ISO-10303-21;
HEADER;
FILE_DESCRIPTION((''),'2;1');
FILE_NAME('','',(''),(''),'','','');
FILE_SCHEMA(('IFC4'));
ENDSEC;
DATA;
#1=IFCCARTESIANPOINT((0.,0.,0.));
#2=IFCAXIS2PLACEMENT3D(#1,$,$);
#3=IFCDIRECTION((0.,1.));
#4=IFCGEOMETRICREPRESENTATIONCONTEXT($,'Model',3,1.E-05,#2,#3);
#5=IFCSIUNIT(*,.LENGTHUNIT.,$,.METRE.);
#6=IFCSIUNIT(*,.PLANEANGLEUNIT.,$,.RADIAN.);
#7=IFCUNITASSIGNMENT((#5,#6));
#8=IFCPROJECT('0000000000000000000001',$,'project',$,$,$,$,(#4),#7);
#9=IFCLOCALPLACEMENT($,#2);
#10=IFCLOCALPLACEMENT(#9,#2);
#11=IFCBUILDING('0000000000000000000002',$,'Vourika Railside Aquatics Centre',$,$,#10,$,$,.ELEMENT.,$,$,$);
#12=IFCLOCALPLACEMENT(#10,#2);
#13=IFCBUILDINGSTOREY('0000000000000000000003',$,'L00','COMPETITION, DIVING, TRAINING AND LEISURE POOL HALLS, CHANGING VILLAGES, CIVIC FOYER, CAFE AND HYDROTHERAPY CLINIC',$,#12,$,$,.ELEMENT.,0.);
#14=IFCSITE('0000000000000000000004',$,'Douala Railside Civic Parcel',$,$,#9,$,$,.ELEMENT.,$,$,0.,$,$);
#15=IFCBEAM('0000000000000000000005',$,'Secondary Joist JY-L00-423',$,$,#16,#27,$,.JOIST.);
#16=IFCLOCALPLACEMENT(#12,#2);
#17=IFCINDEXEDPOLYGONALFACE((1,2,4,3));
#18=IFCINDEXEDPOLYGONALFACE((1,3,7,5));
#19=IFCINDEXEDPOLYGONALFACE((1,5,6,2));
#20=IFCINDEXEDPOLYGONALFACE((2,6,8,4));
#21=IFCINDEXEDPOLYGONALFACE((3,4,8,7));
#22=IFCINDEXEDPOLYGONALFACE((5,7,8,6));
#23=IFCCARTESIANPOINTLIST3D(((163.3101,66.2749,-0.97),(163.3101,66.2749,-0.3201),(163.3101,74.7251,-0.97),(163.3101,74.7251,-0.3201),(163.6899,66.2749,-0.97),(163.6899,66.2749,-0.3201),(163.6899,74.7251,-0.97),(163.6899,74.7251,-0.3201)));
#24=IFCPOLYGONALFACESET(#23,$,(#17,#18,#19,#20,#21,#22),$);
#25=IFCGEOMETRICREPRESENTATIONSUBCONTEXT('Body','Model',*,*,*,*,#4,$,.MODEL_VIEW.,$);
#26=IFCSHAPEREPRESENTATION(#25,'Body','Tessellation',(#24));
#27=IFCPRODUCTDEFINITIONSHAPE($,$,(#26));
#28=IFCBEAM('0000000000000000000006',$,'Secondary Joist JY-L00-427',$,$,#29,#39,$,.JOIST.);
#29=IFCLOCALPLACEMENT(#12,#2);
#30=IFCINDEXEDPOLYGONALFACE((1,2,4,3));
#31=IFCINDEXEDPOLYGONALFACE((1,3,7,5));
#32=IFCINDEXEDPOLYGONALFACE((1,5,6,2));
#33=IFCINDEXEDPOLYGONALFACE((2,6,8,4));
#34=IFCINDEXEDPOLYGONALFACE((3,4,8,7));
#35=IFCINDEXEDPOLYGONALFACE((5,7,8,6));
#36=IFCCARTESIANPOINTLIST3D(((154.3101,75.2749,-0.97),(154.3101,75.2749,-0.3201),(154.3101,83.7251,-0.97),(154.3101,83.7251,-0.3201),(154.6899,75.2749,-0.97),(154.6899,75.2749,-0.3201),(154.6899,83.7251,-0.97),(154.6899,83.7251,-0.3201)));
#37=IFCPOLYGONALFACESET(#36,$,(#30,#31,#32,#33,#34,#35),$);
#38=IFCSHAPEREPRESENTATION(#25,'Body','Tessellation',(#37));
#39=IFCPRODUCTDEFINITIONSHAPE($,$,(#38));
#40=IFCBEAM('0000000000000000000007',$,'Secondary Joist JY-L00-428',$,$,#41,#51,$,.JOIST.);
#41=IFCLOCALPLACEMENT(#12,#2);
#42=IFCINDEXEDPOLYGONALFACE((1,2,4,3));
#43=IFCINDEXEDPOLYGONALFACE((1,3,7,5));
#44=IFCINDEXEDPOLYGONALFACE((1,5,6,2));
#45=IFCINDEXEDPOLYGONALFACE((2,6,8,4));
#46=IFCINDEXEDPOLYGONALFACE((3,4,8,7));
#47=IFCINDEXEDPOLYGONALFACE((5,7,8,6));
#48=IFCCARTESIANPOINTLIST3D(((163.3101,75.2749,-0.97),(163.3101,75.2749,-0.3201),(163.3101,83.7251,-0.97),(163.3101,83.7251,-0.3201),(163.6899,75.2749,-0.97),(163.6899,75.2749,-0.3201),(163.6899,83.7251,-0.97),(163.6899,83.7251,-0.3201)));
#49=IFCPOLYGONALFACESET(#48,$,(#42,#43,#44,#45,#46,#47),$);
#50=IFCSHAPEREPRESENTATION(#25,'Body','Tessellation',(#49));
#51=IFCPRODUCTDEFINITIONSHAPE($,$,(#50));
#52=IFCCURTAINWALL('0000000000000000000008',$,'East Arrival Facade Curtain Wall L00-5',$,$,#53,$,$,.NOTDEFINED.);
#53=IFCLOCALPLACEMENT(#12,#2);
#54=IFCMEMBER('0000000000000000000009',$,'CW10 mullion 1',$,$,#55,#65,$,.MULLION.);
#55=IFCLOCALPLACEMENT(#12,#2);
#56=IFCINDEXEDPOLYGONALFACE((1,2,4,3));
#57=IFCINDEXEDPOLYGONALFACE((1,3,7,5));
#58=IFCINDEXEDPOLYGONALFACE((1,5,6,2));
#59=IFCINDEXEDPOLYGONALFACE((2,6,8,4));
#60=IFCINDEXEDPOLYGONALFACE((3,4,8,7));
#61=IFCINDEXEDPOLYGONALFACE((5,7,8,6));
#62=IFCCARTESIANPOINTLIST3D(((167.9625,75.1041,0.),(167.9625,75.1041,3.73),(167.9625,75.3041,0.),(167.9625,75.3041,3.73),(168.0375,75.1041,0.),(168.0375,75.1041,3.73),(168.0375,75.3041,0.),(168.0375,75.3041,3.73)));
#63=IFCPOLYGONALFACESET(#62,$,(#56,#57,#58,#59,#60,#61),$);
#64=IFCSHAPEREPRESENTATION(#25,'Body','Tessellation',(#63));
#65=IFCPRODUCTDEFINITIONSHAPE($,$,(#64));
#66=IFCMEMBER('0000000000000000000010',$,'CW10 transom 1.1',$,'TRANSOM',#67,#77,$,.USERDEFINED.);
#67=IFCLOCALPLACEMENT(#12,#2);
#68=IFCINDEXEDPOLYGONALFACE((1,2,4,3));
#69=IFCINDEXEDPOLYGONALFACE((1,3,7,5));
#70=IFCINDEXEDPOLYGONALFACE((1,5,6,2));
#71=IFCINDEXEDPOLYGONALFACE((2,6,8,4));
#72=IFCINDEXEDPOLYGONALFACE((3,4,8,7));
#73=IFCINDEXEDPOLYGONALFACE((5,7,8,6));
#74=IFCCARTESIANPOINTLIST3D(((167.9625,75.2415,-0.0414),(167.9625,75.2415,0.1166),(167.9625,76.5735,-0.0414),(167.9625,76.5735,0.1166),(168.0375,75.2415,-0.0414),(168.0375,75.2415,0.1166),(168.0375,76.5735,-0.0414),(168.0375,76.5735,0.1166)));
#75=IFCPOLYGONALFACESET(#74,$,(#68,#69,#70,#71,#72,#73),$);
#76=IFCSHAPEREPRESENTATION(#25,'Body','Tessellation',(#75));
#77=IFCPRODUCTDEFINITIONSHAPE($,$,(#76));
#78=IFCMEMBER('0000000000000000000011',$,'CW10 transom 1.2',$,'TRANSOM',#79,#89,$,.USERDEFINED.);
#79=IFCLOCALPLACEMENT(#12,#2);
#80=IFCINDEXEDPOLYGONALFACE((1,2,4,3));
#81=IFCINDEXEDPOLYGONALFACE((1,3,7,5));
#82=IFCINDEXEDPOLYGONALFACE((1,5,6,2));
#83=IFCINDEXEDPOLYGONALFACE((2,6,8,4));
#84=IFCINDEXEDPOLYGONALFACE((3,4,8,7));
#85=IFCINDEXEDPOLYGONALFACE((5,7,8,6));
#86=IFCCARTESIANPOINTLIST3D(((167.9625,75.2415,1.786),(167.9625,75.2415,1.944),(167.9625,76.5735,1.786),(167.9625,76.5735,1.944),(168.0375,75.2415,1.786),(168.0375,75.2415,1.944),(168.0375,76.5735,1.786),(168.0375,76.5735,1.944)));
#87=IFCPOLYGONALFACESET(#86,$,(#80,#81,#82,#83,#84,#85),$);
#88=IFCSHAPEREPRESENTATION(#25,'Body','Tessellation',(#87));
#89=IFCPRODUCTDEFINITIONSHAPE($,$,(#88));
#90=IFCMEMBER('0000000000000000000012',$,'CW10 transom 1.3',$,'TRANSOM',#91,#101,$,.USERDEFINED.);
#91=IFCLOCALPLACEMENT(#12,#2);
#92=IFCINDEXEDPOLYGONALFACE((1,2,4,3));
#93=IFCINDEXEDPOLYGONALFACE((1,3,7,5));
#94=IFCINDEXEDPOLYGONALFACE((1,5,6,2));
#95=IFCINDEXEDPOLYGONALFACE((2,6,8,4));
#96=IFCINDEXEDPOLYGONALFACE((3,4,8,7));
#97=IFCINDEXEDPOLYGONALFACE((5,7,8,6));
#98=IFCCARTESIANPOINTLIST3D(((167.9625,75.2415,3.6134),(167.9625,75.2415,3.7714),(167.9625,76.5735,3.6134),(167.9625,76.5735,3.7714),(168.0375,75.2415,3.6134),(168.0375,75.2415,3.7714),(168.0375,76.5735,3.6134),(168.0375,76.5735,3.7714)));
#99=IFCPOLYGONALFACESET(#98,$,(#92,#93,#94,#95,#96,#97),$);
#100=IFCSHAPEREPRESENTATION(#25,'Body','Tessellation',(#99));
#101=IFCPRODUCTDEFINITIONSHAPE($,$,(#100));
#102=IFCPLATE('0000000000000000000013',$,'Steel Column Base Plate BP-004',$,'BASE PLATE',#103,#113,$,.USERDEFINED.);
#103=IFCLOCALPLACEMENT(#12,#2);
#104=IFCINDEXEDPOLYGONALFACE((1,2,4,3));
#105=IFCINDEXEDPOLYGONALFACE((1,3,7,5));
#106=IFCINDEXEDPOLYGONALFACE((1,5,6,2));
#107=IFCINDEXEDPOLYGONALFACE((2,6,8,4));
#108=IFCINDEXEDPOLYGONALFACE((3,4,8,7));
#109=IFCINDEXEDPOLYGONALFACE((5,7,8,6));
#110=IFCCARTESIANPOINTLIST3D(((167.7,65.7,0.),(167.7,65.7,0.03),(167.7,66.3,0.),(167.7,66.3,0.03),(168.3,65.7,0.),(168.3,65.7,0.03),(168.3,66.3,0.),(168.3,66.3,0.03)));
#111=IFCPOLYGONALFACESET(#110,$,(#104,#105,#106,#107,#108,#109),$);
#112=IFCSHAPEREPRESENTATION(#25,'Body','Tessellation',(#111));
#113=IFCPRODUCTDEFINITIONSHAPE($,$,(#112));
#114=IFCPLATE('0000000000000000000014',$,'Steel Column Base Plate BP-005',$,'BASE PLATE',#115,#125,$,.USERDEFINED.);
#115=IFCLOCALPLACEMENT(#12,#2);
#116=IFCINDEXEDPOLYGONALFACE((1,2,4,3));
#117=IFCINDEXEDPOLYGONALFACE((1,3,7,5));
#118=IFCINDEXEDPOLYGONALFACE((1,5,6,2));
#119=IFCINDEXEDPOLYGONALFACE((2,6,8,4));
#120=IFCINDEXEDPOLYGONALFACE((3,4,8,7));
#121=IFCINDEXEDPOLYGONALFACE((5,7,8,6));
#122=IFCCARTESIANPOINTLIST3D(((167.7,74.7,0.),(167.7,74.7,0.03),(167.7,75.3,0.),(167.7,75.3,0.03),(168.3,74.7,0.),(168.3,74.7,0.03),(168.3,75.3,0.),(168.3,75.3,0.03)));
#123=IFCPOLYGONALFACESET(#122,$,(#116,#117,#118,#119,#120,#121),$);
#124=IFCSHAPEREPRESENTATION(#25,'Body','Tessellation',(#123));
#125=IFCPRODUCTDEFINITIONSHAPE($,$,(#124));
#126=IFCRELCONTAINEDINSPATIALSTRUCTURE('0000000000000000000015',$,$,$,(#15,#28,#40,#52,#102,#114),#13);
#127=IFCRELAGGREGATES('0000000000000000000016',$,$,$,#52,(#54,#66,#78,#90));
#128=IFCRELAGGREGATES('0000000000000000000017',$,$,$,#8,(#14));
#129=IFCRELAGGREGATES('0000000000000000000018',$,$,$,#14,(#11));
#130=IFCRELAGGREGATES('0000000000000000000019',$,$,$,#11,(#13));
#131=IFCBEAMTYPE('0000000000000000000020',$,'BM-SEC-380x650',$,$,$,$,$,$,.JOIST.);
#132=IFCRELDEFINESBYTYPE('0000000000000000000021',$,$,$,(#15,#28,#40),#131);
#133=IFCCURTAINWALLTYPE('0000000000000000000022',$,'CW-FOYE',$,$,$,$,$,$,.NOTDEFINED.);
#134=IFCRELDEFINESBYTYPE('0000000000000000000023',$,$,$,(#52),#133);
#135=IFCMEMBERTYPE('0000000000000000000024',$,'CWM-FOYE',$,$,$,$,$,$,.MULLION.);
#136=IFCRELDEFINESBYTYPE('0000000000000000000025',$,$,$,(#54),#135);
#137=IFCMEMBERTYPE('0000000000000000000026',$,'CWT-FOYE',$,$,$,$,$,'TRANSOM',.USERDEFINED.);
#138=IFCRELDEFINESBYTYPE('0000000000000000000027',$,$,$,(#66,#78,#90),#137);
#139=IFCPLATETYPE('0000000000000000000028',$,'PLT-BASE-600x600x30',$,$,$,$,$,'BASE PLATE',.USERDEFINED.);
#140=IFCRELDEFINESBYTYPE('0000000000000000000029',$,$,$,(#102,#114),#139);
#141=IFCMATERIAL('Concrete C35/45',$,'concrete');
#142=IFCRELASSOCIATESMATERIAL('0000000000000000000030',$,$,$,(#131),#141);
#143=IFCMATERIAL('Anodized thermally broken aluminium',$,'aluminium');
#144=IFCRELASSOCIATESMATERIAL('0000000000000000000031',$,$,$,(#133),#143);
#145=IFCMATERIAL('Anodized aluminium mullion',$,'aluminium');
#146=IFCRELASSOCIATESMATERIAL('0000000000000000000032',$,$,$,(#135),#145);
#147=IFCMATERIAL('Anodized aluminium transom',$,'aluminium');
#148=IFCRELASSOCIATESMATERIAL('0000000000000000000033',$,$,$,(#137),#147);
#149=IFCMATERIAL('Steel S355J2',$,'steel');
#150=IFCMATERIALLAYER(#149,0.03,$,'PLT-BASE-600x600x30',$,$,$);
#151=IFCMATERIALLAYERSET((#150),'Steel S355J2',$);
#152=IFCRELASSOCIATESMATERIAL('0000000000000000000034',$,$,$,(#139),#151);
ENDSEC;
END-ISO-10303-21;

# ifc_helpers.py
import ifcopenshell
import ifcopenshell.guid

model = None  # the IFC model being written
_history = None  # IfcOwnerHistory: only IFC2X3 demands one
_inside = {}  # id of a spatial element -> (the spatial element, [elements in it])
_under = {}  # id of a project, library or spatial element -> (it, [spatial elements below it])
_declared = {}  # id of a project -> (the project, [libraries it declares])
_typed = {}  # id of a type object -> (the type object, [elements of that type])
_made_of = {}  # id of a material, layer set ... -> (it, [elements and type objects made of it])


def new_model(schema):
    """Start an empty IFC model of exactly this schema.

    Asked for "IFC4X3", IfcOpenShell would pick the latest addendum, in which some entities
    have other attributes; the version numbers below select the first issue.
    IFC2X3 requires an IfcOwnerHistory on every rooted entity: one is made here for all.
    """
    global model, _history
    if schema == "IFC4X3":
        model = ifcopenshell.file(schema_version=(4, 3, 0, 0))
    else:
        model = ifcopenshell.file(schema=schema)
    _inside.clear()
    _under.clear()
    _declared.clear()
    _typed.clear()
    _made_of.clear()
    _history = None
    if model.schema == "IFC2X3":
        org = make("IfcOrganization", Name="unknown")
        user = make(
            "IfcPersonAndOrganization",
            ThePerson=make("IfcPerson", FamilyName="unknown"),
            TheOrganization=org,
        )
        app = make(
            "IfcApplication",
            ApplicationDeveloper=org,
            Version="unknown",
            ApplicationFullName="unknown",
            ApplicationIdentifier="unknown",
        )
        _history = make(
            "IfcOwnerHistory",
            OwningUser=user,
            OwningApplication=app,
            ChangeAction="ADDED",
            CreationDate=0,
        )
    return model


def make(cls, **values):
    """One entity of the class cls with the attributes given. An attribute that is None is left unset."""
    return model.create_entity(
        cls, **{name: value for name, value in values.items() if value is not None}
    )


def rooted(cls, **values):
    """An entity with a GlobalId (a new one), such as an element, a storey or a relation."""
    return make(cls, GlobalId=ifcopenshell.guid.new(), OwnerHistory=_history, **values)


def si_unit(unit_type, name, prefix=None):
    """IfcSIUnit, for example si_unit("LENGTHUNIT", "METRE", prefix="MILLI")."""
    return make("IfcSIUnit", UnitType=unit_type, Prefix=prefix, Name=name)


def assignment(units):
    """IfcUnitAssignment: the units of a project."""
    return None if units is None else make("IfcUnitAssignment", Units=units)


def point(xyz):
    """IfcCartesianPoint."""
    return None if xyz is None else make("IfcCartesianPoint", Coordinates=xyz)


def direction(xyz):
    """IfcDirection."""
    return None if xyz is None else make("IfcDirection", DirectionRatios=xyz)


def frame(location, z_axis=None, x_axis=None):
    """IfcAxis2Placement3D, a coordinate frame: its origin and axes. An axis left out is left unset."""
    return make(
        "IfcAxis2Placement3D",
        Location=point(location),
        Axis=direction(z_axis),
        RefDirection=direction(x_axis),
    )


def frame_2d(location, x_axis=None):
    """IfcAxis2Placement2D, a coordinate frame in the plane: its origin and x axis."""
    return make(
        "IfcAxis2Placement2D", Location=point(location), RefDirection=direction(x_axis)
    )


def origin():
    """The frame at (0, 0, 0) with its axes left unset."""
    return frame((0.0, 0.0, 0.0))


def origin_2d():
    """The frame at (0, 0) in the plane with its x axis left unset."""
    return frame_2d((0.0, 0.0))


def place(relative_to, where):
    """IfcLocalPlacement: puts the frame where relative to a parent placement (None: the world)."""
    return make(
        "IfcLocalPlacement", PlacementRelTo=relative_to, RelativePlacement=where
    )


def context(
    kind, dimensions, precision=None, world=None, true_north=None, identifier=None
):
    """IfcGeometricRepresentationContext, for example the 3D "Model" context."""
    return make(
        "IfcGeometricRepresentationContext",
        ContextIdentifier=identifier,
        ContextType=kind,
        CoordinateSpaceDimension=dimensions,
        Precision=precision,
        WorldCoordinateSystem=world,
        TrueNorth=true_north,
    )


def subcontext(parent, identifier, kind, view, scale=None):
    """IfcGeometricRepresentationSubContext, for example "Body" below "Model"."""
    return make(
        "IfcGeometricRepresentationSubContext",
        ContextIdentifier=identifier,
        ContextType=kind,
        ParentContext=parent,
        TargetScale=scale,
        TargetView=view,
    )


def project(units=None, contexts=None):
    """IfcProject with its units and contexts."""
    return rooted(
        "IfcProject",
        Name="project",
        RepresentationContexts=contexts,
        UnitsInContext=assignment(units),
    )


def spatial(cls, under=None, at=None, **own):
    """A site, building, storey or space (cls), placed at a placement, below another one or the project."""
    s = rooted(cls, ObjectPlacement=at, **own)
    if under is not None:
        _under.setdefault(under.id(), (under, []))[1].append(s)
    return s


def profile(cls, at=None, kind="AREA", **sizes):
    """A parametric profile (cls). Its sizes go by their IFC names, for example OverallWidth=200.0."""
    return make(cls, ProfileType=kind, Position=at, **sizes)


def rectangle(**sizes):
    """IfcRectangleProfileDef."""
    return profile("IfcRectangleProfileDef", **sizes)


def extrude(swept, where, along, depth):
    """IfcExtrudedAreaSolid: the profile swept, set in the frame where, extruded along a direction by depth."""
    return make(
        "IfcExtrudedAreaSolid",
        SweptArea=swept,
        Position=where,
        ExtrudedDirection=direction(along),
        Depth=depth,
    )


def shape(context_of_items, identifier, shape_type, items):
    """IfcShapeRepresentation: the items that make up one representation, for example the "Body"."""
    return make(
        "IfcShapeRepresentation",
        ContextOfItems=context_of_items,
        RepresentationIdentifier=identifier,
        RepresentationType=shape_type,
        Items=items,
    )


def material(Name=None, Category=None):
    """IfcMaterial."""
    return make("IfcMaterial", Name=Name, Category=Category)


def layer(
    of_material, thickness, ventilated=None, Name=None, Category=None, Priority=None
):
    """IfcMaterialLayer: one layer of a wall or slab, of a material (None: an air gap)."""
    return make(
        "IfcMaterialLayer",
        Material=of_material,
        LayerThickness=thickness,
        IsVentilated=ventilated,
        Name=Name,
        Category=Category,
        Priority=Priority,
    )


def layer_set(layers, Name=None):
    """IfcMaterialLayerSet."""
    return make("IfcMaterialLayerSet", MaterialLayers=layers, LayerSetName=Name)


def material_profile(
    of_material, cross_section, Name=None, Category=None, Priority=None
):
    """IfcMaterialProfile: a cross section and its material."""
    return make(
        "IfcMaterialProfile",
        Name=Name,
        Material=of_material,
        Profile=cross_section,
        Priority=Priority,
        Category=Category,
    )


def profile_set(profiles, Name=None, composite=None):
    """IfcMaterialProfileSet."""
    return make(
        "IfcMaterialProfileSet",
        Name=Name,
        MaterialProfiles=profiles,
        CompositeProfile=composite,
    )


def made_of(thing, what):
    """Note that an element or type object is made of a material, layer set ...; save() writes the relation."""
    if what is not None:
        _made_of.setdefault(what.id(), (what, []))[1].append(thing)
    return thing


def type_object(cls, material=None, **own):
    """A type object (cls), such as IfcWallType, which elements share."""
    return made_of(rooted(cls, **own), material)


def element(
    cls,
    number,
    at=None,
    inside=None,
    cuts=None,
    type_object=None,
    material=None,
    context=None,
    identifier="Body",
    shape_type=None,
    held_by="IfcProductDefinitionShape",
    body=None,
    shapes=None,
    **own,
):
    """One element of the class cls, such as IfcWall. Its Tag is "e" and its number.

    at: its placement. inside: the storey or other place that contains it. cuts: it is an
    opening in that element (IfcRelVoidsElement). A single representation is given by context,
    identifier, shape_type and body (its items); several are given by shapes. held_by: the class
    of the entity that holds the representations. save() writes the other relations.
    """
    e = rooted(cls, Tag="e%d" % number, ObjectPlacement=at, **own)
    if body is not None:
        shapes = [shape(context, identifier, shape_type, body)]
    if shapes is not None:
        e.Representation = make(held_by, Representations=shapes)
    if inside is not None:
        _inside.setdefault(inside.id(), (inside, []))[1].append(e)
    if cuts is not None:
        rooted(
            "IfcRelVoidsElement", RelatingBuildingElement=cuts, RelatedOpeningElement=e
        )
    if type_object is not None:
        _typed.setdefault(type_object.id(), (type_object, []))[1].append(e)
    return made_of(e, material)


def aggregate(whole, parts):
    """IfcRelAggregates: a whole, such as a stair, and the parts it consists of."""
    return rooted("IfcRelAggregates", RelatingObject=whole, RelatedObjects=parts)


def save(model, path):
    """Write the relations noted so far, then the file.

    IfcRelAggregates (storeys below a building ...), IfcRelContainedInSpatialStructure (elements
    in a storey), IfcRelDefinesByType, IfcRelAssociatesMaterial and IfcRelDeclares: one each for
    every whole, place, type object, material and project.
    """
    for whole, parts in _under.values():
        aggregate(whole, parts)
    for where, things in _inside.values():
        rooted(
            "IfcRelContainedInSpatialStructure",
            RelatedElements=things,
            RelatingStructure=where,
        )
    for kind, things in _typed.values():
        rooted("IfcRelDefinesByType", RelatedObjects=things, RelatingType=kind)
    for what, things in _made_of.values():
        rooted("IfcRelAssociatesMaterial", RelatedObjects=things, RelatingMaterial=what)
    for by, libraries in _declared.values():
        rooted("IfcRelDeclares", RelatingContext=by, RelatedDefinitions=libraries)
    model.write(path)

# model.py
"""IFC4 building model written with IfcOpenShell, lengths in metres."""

from ifc_helpers import new_model, si_unit, direction, frame, origin, origin_2d, place, context, subcontext, project, spatial, rectangle, extrude, material, layer, layer_set, material_profile, profile_set, type_object, element, aggregate, save


model = new_model("IFC4")

# Units and contexts
model_context = context("Model", 3, precision=1e-05, world=origin(), true_north=direction((0.0, 1.0)))
body_context = subcontext(model_context, "Body", "Model", "MODEL_VIEW")
ifc_project = project(units=[si_unit("LENGTHUNIT", "METRE"), si_unit("PLANEANGLEUNIT", "RADIAN")], contexts=[model_context])

# Site, building, storey
site_placement = place(None, origin())
site = spatial("IfcSite", under=ifc_project, at=site_placement, Name="Douala Railside Civic Parcel", CompositionType="ELEMENT", RefElevation=0.0)
building_placement = place(site_placement, origin())
building = spatial("IfcBuilding", under=site, at=building_placement, Name="Vourika Railside Aquatics Centre", CompositionType="ELEMENT")
storey_placement = place(building_placement, origin())
storey = spatial("IfcBuildingStorey", under=building, at=storey_placement, Name="L00", Description="COMPETITION, DIVING, TRAINING AND LEISURE POOL HALLS, CHANGING VILLAGES, CIVIC FOYER, CAFE AND HYDROTHERAPY CLINIC", CompositionType="ELEMENT", Elevation=0.0)

# Shared definitions
ifc_material_1 = material(Name="Concrete C35/45", Category="concrete")
ifc_material_2 = material(Name="Steel S355J2", Category="steel")

# Beams
ifc_material_profile_1 = material_profile(ifc_material_1, rectangle(XDim=0.3799, YDim=0.6499, at=origin_2d()), Name="RC 380x650")
ifc_profile_set_1 = profile_set([ifc_material_profile_1], Name="Concrete C35/45")
beam_type_1 = type_object("IfcBeamType", Name="BM-SEC-380x650", PredefinedType="JOIST", material=ifc_profile_set_1)
for number, where, z_axis, x_axis, name in (
    (1, (163.5, 66.2749, -0.645), (0.0, 1.0, 0.0), (-1.0, 0.0, 0.0), "Secondary Joist JY-L00-423"),
    (2, (154.5, 75.2749, -0.645), (0.0, 1.0, 0.0), (-1.0, 0.0, 0.0), "Secondary Joist JY-L00-427"),
    (3, (163.5, 75.2749, -0.645), (0.0, 1.0, 0.0), (-1.0, 0.0, 0.0), "Secondary Joist JY-L00-428"),
):
    element("IfcBeam", number, at=place(storey_placement, frame(where, z_axis=z_axis, x_axis=x_axis)), inside=storey, type_object=beam_type_1, Name=name, PredefinedType="JOIST", context=body_context, shape_type="SweptSolid", body=[
        extrude(rectangle(XDim=0.3799, YDim=0.6499, at=origin_2d()), origin(), (0.0, 0.0, 1.0), 8.4502),
    ])

# Curtain wall, members
ifc_material_3 = material(Name="Anodized thermally broken aluminium", Category="aluminium")
curtain_wall_type = type_object("IfcCurtainWallType", Name="CW-FOYE", PredefinedType="NOTDEFINED", material=ifc_material_3)
curtain_wall_placement = place(storey_placement, origin())
curtain_wall = element("IfcCurtainWall", 4, at=curtain_wall_placement, inside=storey, type_object=curtain_wall_type, Name="East Arrival Facade Curtain Wall L00-5", PredefinedType="NOTDEFINED")
ifc_material_4 = material(Name="Anodized aluminium mullion", Category="aluminium")
ifc_material_profile_2 = material_profile(ifc_material_4, rectangle(XDim=0.075, YDim=0.2, at=origin_2d()), Name="ALU-M 75x200")
ifc_profile_set_2 = profile_set([ifc_material_profile_2], Name="Anodized aluminium mullion")
member_type_1 = type_object("IfcMemberType", Name="CWM-FOYE", PredefinedType="MULLION", material=ifc_profile_set_2)
member_1_placement = place(storey_placement, frame((168.0, 75.2041, 0.0), z_axis=(0.0, 0.0, 1.0), x_axis=(-1.0, 0.0, 0.0)))
member_1 = element("IfcMember", 5, at=member_1_placement, type_object=member_type_1, Name="CW10 mullion 1", PredefinedType="MULLION", context=body_context, shape_type="SweptSolid", body=[
    extrude(rectangle(XDim=0.075, YDim=0.2, at=origin_2d()), origin(), (0.0, 0.0, 1.0), 3.73),
])
ifc_material_5 = material(Name="Anodized aluminium transom", Category="aluminium")
ifc_material_profile_3 = material_profile(ifc_material_5, rectangle(XDim=0.075, YDim=0.158, at=origin_2d()), Name="ALU-T 75x158")
ifc_profile_set_3 = profile_set([ifc_material_profile_3], Name="Anodized aluminium transom")
member_type_2 = type_object("IfcMemberType", Name="CWT-FOYE", ElementType="TRANSOM", PredefinedType="USERDEFINED", material=ifc_profile_set_3)
member_2_placement = place(storey_placement, frame((168.0, 75.2415, 0.0376), z_axis=(0.0, 1.0, 0.0), x_axis=(-1.0, 0.0, 0.0)))
member_2 = element("IfcMember", 6, at=member_2_placement, type_object=member_type_2, Name="CW10 transom 1.1", ObjectType="TRANSOM", PredefinedType="USERDEFINED", context=body_context, shape_type="SweptSolid", body=[
    extrude(rectangle(XDim=0.075, YDim=0.158, at=origin_2d()), origin(), (0.0, 0.0, 1.0), 1.332),
])
member_3_placement = place(storey_placement, frame((168.0, 75.2415, 1.865), z_axis=(0.0, 1.0, 0.0), x_axis=(-1.0, 0.0, 0.0)))
member_3 = element("IfcMember", 7, at=member_3_placement, type_object=member_type_2, Name="CW10 transom 1.2", ObjectType="TRANSOM", PredefinedType="USERDEFINED", context=body_context, shape_type="SweptSolid", body=[
    extrude(rectangle(XDim=0.075, YDim=0.158, at=origin_2d()), origin(), (0.0, 0.0, 1.0), 1.332),
])
member_4_placement = place(storey_placement, frame((168.0, 75.2415, 3.6924), z_axis=(0.0, 1.0, 0.0), x_axis=(-1.0, 0.0, 0.0)))
member_4 = element("IfcMember", 8, at=member_4_placement, type_object=member_type_2, Name="CW10 transom 1.3", ObjectType="TRANSOM", PredefinedType="USERDEFINED", context=body_context, shape_type="SweptSolid", body=[
    extrude(rectangle(XDim=0.075, YDim=0.158, at=origin_2d()), origin(), (0.0, 0.0, 1.0), 1.332),
])
aggregate(curtain_wall, [member_1, member_2, member_3, member_4])

# Plates
ifc_layer_1 = layer(ifc_material_2, 0.03, Name="PLT-BASE-600x600x30")
ifc_layer_set_1 = layer_set([ifc_layer_1], Name="Steel S355J2")
plate_type = type_object("IfcPlateType", Name="PLT-BASE-600x600x30", ElementType="BASE PLATE", PredefinedType="USERDEFINED", material=ifc_layer_set_1)
for number, where, z_axis, x_axis, name in (
    (9, (168.0, 66.0, 0.0), (0.0, 0.0, 1.0), (1.0, 0.0, 0.0), "Steel Column Base Plate BP-004"),
    (10, (168.0, 75.0, 0.0), (0.0, 0.0, 1.0), (1.0, 0.0, 0.0), "Steel Column Base Plate BP-005"),
):
    element("IfcPlate", number, at=place(storey_placement, frame(where, z_axis=z_axis, x_axis=x_axis)), inside=storey, type_object=plate_type, Name=name, ObjectType="BASE PLATE", PredefinedType="USERDEFINED", context=body_context, shape_type="SweptSolid", body=[
        extrude(rectangle(XDim=0.6001, YDim=0.6001, at=origin_2d()), origin(), (0.0, 0.0, 1.0), 0.03),
    ])

save(model, "model.ifc")
